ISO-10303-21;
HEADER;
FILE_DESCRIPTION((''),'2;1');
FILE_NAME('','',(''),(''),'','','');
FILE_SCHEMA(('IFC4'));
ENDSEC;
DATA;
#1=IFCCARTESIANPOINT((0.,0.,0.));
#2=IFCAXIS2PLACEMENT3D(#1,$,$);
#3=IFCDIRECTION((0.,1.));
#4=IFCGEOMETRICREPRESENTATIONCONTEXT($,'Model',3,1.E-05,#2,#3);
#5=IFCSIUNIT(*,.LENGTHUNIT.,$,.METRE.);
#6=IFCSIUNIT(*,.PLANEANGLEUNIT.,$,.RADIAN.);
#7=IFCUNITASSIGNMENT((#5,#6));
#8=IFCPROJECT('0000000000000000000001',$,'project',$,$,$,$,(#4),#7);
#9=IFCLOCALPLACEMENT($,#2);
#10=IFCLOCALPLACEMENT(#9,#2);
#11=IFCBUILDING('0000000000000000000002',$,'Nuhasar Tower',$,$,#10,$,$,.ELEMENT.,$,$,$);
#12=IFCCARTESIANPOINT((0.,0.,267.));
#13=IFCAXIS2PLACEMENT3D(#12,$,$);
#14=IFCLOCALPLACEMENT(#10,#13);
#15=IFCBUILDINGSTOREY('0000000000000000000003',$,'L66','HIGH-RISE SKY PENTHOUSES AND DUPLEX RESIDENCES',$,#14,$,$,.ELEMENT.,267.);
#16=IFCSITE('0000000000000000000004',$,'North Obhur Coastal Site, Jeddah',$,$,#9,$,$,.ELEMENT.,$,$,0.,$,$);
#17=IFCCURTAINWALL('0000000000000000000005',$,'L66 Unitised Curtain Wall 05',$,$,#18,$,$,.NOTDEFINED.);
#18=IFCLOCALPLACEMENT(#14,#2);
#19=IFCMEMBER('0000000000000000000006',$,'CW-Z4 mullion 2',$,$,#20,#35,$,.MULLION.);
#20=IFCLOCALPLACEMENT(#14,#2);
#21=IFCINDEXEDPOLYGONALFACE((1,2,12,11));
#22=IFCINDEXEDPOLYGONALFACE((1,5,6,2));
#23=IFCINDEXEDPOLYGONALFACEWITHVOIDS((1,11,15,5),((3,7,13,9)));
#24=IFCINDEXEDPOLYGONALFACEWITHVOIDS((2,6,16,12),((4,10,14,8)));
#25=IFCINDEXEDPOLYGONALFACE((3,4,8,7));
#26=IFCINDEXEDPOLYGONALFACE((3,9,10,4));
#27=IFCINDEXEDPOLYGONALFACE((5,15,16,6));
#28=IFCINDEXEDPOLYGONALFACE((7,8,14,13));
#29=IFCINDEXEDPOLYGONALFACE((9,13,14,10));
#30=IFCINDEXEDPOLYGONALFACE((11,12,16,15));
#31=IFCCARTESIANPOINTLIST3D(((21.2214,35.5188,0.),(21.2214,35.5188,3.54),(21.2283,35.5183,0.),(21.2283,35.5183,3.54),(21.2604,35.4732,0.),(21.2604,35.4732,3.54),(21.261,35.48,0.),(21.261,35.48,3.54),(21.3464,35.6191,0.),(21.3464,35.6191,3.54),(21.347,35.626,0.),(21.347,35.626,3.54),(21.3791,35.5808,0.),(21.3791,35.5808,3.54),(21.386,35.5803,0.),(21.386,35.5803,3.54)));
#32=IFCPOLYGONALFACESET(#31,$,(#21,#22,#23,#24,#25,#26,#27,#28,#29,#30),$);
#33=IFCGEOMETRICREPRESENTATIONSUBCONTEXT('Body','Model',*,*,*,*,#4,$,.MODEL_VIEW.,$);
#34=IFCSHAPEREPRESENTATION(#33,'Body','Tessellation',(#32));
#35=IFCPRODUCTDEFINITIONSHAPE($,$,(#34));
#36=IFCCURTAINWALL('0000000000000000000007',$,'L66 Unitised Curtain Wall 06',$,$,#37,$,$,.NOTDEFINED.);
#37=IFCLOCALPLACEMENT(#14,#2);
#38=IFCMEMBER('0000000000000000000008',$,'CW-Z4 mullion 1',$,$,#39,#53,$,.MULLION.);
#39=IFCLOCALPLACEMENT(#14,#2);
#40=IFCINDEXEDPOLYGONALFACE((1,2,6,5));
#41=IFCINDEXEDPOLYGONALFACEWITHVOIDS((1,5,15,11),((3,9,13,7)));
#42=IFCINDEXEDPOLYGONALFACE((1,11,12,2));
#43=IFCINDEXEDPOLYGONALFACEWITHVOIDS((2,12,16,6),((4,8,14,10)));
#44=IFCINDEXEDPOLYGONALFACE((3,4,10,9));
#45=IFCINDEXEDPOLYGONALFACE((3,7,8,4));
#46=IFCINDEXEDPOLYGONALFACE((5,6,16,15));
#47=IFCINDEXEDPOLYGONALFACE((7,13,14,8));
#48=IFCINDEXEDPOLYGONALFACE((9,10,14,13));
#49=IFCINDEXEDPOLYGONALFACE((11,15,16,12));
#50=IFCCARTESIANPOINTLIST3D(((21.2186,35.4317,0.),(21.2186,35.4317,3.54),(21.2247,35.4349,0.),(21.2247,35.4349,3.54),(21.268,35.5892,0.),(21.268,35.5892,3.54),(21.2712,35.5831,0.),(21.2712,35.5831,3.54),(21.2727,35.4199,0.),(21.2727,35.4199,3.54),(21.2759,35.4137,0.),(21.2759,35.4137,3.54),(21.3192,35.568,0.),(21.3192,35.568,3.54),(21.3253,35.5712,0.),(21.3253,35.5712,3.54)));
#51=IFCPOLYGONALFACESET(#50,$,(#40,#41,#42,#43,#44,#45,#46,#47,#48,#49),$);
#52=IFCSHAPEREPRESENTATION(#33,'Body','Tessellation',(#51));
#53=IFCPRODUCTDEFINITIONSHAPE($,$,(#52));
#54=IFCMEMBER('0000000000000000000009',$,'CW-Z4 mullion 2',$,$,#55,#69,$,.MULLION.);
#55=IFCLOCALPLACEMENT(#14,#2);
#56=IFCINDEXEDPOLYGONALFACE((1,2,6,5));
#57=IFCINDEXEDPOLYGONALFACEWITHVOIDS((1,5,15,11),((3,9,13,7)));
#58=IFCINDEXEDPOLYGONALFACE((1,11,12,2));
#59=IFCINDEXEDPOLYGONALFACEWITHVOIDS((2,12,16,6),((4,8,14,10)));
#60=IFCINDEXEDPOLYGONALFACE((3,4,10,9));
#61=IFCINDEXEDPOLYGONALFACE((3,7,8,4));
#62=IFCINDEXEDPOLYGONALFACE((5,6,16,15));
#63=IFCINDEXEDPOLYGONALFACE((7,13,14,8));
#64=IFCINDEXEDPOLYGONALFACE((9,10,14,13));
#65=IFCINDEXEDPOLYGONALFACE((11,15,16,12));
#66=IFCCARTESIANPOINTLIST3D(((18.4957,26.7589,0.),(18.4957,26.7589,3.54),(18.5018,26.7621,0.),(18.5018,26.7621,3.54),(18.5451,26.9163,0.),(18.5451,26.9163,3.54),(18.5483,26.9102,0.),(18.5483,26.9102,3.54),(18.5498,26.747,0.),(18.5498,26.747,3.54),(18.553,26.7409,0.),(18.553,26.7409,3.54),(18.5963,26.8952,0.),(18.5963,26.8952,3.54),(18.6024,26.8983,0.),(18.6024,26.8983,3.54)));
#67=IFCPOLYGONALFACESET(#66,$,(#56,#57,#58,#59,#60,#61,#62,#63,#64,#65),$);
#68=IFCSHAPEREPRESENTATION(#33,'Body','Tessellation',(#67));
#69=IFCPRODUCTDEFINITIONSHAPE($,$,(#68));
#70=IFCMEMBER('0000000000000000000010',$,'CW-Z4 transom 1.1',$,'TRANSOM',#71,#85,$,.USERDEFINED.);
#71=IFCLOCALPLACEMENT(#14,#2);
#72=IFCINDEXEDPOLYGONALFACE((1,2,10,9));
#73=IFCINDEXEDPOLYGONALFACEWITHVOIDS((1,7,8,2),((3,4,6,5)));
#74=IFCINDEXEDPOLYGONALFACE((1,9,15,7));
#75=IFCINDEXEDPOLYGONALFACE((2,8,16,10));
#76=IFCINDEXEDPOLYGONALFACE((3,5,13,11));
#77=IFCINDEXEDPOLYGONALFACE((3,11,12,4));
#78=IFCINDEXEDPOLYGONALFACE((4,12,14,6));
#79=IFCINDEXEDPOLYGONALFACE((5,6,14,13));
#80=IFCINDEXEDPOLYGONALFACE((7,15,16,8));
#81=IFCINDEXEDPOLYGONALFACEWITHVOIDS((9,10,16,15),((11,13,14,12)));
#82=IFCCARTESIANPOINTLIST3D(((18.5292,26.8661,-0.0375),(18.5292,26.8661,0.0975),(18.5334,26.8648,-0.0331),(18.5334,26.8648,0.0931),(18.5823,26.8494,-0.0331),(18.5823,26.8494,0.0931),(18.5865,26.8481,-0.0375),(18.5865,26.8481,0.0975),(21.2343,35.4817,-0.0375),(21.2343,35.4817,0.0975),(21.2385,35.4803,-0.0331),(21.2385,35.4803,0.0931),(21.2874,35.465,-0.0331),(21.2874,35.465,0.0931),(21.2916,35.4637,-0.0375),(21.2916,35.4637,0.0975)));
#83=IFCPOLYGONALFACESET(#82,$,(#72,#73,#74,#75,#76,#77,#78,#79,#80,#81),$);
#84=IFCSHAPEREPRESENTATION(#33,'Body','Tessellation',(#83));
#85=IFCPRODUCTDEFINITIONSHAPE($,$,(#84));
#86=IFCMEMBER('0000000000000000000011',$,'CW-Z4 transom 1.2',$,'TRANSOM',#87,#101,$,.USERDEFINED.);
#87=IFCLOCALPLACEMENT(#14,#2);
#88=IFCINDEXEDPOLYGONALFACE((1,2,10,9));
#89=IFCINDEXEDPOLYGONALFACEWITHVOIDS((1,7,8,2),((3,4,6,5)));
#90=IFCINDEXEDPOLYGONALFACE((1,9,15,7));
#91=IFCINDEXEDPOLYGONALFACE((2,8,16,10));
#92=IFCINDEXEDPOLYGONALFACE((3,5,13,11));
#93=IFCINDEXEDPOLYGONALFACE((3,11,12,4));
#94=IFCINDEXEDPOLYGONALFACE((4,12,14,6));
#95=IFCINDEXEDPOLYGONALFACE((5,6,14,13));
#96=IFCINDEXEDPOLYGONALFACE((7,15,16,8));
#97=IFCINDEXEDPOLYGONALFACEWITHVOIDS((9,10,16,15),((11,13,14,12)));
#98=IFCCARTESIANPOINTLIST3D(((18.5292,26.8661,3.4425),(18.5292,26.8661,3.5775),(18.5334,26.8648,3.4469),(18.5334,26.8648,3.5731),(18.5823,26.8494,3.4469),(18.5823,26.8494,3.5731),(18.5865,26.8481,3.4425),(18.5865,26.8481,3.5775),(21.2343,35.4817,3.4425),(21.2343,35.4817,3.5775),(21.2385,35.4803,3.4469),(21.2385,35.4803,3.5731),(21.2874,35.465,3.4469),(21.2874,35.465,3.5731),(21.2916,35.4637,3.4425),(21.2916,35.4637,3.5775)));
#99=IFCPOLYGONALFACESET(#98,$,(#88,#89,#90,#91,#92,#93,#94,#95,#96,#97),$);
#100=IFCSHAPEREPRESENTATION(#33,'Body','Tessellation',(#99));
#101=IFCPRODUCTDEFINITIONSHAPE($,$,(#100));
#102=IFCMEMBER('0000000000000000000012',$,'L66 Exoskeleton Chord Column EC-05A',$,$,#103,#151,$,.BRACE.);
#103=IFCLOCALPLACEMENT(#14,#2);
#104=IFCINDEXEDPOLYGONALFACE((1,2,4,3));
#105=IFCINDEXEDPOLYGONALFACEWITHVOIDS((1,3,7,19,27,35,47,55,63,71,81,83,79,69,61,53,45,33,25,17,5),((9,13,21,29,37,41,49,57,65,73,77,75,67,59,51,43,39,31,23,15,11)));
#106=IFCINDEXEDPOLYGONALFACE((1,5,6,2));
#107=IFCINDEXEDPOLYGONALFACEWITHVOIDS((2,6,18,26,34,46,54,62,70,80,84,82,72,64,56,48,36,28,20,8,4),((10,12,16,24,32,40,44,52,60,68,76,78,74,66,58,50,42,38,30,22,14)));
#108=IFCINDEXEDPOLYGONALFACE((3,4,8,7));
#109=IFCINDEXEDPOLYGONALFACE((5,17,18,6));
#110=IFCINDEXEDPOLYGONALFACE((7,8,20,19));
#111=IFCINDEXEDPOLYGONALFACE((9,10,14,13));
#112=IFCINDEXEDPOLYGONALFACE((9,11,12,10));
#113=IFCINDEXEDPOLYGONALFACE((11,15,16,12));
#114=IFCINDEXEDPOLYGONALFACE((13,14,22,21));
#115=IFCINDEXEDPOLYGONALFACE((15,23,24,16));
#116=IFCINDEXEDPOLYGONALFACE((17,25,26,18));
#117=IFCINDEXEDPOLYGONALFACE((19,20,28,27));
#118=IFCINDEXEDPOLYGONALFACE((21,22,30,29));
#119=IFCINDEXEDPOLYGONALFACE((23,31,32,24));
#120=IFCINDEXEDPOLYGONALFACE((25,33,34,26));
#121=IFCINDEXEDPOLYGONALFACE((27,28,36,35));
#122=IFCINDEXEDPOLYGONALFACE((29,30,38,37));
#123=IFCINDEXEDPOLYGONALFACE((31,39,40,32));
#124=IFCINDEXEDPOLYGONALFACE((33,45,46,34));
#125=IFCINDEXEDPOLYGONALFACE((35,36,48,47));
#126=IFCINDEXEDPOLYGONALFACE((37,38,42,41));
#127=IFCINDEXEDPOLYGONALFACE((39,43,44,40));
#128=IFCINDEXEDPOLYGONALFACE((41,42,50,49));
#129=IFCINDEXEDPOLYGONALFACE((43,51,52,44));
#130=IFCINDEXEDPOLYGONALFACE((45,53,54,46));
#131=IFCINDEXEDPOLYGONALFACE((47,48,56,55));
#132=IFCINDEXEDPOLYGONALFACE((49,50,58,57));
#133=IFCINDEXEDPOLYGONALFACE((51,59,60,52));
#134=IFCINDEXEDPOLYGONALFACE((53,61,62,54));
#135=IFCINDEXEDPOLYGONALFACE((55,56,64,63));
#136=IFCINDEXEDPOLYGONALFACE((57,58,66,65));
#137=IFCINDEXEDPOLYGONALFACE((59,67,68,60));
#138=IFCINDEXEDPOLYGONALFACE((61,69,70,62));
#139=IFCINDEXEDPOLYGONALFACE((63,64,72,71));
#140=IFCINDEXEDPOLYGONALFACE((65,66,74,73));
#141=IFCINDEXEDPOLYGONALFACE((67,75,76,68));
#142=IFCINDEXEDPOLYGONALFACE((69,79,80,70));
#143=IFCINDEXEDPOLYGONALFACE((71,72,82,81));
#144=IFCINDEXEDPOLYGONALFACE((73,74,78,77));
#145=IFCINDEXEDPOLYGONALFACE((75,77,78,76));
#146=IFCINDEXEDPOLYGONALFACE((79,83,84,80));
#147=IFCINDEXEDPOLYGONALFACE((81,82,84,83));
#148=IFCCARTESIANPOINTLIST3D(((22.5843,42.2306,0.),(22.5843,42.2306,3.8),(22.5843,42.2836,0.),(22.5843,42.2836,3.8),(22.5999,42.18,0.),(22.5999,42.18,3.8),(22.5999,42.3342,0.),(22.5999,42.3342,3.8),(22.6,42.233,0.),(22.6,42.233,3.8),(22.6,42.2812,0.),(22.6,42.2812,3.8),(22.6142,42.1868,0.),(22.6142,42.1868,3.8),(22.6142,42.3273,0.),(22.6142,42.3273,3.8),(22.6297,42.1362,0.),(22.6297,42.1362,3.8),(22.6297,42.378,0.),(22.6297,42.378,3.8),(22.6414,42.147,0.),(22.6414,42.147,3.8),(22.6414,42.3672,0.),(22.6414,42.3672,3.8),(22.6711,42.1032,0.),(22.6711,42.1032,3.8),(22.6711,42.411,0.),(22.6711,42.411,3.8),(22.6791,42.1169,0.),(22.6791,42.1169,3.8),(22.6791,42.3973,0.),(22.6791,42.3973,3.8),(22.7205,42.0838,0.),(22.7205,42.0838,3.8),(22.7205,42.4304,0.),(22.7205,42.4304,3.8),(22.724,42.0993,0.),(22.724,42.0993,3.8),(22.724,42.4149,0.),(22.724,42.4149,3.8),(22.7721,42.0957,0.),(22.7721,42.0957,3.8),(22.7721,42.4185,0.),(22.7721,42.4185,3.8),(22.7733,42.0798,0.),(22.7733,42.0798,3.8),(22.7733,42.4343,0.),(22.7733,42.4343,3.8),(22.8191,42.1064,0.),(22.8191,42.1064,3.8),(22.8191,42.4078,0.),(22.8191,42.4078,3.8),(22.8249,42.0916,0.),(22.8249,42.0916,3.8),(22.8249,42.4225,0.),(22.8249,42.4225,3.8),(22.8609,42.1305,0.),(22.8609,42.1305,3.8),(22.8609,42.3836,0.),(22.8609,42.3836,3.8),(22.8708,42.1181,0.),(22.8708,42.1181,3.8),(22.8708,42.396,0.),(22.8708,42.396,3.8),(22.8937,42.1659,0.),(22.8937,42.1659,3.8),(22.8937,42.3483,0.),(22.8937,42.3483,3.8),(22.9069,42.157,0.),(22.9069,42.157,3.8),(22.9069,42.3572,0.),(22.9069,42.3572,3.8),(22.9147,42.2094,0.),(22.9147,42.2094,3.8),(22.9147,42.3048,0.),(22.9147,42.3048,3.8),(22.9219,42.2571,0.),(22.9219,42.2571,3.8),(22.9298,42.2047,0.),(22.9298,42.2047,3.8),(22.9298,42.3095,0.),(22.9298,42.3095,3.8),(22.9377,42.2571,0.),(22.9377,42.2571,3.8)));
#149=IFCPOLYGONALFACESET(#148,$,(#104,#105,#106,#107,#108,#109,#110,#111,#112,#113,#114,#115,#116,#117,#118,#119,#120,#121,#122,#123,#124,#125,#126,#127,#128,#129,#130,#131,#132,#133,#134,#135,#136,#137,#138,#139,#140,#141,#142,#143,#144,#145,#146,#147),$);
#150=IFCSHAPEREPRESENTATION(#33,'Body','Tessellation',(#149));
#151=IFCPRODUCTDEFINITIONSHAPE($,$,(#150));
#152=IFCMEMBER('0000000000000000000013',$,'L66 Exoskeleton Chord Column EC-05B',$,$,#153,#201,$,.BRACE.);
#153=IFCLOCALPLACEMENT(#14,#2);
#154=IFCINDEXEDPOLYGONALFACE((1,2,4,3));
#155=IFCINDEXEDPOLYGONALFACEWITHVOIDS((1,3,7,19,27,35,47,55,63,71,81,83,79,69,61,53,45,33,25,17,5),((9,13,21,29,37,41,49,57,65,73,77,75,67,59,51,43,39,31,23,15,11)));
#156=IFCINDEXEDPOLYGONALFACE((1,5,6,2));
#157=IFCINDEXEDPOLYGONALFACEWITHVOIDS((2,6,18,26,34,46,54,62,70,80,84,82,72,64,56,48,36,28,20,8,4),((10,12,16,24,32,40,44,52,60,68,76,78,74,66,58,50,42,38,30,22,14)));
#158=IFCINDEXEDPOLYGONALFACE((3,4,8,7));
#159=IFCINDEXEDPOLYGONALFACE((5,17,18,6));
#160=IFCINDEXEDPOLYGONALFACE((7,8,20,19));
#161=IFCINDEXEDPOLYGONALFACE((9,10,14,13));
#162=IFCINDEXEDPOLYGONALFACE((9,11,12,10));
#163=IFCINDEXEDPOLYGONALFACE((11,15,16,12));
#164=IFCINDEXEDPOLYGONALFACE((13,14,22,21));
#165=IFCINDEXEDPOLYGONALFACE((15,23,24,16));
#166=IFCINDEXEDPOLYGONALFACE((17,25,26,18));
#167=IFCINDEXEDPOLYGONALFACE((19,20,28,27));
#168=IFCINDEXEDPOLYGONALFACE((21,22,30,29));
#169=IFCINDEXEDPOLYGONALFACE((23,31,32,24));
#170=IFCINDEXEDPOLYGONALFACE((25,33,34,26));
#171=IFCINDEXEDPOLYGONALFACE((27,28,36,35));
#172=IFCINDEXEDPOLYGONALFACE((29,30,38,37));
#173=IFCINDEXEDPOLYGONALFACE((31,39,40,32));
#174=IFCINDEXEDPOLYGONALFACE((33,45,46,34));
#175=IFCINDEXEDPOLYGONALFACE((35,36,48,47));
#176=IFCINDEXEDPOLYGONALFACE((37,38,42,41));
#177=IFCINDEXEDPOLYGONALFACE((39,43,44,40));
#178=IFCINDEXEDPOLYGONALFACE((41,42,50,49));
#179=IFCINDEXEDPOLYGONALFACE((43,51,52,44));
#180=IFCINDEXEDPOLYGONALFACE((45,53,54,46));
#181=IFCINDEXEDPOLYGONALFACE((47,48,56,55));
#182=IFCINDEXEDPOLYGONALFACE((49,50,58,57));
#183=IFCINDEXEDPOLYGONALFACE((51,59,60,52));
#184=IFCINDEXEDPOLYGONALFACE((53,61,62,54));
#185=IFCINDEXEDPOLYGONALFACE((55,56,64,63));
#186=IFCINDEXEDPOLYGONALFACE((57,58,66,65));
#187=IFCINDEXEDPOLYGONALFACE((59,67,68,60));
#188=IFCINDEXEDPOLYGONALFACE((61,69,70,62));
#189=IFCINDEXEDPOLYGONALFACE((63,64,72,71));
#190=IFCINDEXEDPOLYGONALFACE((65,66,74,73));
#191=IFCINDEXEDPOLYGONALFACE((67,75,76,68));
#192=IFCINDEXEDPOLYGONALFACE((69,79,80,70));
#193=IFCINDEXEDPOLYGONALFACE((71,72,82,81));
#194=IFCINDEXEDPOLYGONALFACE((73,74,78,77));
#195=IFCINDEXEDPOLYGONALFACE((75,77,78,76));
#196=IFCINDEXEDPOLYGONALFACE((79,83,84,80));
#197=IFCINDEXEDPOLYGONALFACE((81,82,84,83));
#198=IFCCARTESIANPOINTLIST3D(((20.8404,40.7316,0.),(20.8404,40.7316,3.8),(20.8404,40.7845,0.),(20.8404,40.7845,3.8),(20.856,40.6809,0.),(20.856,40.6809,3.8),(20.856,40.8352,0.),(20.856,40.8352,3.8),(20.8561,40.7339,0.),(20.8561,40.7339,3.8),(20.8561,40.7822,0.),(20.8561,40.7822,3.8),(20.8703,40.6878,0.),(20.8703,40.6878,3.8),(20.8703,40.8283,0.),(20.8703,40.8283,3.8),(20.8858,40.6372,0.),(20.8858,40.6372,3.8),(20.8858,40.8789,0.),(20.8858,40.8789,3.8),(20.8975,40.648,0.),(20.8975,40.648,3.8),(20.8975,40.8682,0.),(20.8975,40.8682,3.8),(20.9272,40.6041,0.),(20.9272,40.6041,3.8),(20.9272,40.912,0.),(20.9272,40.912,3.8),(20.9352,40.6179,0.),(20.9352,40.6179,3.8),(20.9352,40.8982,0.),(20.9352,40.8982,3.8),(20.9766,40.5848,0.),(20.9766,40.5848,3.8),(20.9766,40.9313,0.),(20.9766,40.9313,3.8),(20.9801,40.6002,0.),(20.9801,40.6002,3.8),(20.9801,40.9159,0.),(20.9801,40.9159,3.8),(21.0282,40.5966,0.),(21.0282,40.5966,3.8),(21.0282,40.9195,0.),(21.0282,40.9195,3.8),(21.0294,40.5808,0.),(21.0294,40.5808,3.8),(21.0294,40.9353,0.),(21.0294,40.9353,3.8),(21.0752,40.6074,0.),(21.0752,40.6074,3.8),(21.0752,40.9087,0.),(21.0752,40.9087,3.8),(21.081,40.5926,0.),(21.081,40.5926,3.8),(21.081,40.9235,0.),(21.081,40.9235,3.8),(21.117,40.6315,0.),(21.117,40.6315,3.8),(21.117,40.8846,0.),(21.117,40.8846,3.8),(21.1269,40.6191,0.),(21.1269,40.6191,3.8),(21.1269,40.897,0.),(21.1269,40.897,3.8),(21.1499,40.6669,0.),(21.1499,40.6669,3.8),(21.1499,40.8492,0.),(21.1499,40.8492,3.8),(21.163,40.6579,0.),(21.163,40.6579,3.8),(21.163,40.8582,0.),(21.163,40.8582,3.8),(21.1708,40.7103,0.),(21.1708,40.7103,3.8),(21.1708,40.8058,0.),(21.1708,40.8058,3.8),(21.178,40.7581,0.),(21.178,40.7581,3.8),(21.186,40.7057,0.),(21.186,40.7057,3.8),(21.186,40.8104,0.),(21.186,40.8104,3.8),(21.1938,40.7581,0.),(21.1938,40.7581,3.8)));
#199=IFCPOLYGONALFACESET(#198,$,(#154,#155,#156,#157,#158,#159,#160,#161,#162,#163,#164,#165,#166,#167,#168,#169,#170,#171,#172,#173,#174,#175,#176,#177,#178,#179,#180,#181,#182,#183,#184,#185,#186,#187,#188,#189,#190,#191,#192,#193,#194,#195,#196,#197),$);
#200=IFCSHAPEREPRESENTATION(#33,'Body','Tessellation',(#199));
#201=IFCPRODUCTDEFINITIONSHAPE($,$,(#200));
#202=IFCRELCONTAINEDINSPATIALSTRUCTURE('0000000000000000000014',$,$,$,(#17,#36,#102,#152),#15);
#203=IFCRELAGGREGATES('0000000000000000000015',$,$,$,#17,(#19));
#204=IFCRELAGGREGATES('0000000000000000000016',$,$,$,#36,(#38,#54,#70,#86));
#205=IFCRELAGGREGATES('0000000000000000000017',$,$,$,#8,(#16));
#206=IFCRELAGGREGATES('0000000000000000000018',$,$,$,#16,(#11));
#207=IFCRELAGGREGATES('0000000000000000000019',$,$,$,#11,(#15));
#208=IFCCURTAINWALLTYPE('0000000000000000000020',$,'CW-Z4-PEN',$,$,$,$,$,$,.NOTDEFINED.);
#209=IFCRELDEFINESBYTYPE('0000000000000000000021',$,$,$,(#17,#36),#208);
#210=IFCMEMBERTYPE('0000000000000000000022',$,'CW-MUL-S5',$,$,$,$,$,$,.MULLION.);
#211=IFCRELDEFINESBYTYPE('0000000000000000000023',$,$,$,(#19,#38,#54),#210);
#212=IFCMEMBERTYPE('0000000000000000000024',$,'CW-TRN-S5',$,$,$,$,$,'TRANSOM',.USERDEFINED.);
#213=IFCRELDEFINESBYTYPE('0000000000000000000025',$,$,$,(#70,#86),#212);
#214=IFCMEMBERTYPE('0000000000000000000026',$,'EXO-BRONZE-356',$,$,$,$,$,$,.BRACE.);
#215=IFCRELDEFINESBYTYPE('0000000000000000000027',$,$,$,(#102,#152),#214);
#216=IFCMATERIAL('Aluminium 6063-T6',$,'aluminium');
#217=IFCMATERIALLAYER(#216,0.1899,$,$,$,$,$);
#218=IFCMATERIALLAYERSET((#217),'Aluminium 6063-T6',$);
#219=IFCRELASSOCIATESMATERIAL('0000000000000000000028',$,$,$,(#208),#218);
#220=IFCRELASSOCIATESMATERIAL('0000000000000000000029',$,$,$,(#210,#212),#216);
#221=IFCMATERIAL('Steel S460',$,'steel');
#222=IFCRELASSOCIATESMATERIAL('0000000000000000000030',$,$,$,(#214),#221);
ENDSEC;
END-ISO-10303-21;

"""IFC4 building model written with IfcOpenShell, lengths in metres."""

from ifc_helpers import new_model, si_unit, direction, frame, origin, origin_2d, place, context, subcontext, project, spatial, hollow_rectangle, hollow_circle, extrude, material, layer, layer_set, material_profile, profile_set, type_object, element, aggregate, save


model = new_model("IFC4")

# Units and contexts
model_context = context("Model", 3, precision=1e-05, world=origin(), true_north=direction((0.0, 1.0)))
body_context = subcontext(model_context, "Body", "Model", "MODEL_VIEW")
ifc_project = project(units=[si_unit("LENGTHUNIT", "METRE"), si_unit("PLANEANGLEUNIT", "RADIAN")], contexts=[model_context])

# Site, building, storey
site_placement = place(None, origin())
site = spatial("IfcSite", under=ifc_project, at=site_placement, Name="North Obhur Coastal Site, Jeddah", CompositionType="ELEMENT", RefElevation=0.0)
building_placement = place(site_placement, origin())
building = spatial("IfcBuilding", under=site, at=building_placement, Name="Nuhasar Tower", CompositionType="ELEMENT")
storey_placement = place(building_placement, frame((0.0, 0.0, 267.0)))
storey = spatial("IfcBuildingStorey", under=building, at=storey_placement, Name="L66", Description="HIGH-RISE SKY PENTHOUSES AND DUPLEX RESIDENCES", CompositionType="ELEMENT", Elevation=267.0)

# Curtain wall, member
ifc_material_1 = material(Name="Aluminium 6063-T6", Category="aluminium")
ifc_layer_1 = layer(ifc_material_1, 0.1899)
ifc_layer_set_1 = layer_set([ifc_layer_1], Name="Aluminium 6063-T6")
curtain_wall_type = type_object("IfcCurtainWallType", Name="CW-Z4-PEN", PredefinedType="NOTDEFINED", material=ifc_layer_set_1)
curtain_wall_1_placement = place(storey_placement, origin())
curtain_wall_1 = element("IfcCurtainWall", 1, at=curtain_wall_1_placement, inside=storey, type_object=curtain_wall_type, Name="L66 Unitised Curtain Wall 05", PredefinedType="NOTDEFINED")
ifc_material_profile_1 = material_profile(ifc_material_1, hollow_rectangle(XDim=0.0601, YDim=0.165, WallThickness=0.0049, at=origin_2d()), Name="CWM-5")
ifc_profile_set_1 = profile_set([ifc_material_profile_1], Name="Aluminium 6063-T6")
member_type_1 = type_object("IfcMemberType", Name="CW-MUL-S5", PredefinedType="MULLION", material=ifc_profile_set_1)
member_1_placement = place(storey_placement, frame((21.3037, 35.5496, 0.0), z_axis=(0.0, 0.0, 1.0), x_axis=(0.649142, -0.760667, 0.0)))
member_1 = element("IfcMember", 2, at=member_1_placement, type_object=member_type_1, Name="CW-Z4 mullion 2", PredefinedType="MULLION", context=body_context, shape_type="SweptSolid", body=[
    extrude(hollow_rectangle(XDim=0.0601, YDim=0.165, WallThickness=0.0049, at=origin_2d()), origin(), (0.0, 0.0, 1.0), 3.54),
])

# Curtain wall, members
curtain_wall_2_placement = place(storey_placement, origin())
curtain_wall_2 = element("IfcCurtainWall", 3, at=curtain_wall_2_placement, inside=storey, type_object=curtain_wall_type, Name="L66 Unitised Curtain Wall 06", PredefinedType="NOTDEFINED")
member_2_placement = place(storey_placement, frame((21.272, 35.5015, 0.0), z_axis=(0.0, 0.0, 1.0), x_axis=(0.954079, -0.299557, 0.0)))
member_2 = element("IfcMember", 4, at=member_2_placement, type_object=member_type_1, Name="CW-Z4 mullion 1", PredefinedType="MULLION", context=body_context, shape_type="SweptSolid", body=[
    extrude(hollow_rectangle(XDim=0.0601, YDim=0.165, WallThickness=0.0049, at=origin_2d()), origin(), (0.0, 0.0, 1.0), 3.54),
])
member_3_placement = place(storey_placement, frame((18.5491, 26.8286, 0.0), z_axis=(0.0, 0.0, 1.0), x_axis=(0.954079, -0.299557, 0.0)))
member_3 = element("IfcMember", 5, at=member_3_placement, type_object=member_type_1, Name="CW-Z4 mullion 2", PredefinedType="MULLION", context=body_context, shape_type="SweptSolid", body=[
    extrude(hollow_rectangle(XDim=0.0601, YDim=0.165, WallThickness=0.0049, at=origin_2d()), origin(), (0.0, 0.0, 1.0), 3.54),
])
ifc_material_profile_2 = material_profile(ifc_material_1, hollow_rectangle(XDim=0.0601, YDim=0.135, WallThickness=0.0044, at=origin_2d()), Name="CWT-5")
ifc_profile_set_2 = profile_set([ifc_material_profile_2], Name="Aluminium 6063-T6")
member_type_2 = type_object("IfcMemberType", Name="CW-TRN-S5", ElementType="TRANSOM", PredefinedType="USERDEFINED", material=ifc_profile_set_2)
member_4_placement = place(storey_placement, frame((21.2629, 35.4727, 0.03), z_axis=(-0.29956, -0.954077, 0.0), x_axis=(0.954077, -0.29956, 0.0)))
member_4 = element("IfcMember", 6, at=member_4_placement, type_object=member_type_2, Name="CW-Z4 transom 1.1", ObjectType="TRANSOM", PredefinedType="USERDEFINED", context=body_context, shape_type="SweptSolid", body=[
    extrude(hollow_rectangle(XDim=0.0601, YDim=0.135, WallThickness=0.0044, at=origin_2d()), origin(), (0.0, 0.0, 1.0), 9.0303),
])
member_5_placement = place(storey_placement, frame((21.2629, 35.4727, 3.51), z_axis=(-0.29956, -0.954077, 0.0), x_axis=(0.954077, -0.29956, 0.0)))
member_5 = element("IfcMember", 7, at=member_5_placement, type_object=member_type_2, Name="CW-Z4 transom 1.2", ObjectType="TRANSOM", PredefinedType="USERDEFINED", context=body_context, shape_type="SweptSolid", body=[
    extrude(hollow_rectangle(XDim=0.0601, YDim=0.135, WallThickness=0.0044, at=origin_2d()), origin(), (0.0, 0.0, 1.0), 9.0303),
])

# Members
ifc_material_2 = material(Name="Steel S460", Category="steel")
ifc_material_profile_3 = material_profile(ifc_material_2, hollow_circle(Radius=0.1777, WallThickness=0.0159, at=origin_2d()), Name="HSS355.6X15.9")
ifc_profile_set_3 = profile_set([ifc_material_profile_3], Name="Steel S460")
member_type_3 = type_object("IfcMemberType", Name="EXO-BRONZE-356", PredefinedType="BRACE", material=ifc_profile_set_3)
for number, where, z_axis, x_axis, name in (
    (8, (22.76, 42.2571, 0.0), (0.0, 0.0, 1.0), (1.0, 0.0, 0.0), "L66 Exoskeleton Chord Column EC-05A"),
    (9, (21.0161, 40.7581, 0.0), (0.0, 0.0, 1.0), (1.0, 0.0, 0.0), "L66 Exoskeleton Chord Column EC-05B"),
):
    element("IfcMember", number, at=place(storey_placement, frame(where, z_axis=z_axis, x_axis=x_axis)), inside=storey, type_object=member_type_3, Name=name, PredefinedType="BRACE", context=body_context, shape_type="SweptSolid", body=[
        extrude(hollow_circle(Radius=0.1777, WallThickness=0.0159, at=origin_2d()), origin(), (0.0, 0.0, 1.0), 3.8),
    ])

aggregate(curtain_wall_1, [member_1])
aggregate(curtain_wall_2, [member_2, member_3, member_4, member_5])

save(model, "model.ifc")
